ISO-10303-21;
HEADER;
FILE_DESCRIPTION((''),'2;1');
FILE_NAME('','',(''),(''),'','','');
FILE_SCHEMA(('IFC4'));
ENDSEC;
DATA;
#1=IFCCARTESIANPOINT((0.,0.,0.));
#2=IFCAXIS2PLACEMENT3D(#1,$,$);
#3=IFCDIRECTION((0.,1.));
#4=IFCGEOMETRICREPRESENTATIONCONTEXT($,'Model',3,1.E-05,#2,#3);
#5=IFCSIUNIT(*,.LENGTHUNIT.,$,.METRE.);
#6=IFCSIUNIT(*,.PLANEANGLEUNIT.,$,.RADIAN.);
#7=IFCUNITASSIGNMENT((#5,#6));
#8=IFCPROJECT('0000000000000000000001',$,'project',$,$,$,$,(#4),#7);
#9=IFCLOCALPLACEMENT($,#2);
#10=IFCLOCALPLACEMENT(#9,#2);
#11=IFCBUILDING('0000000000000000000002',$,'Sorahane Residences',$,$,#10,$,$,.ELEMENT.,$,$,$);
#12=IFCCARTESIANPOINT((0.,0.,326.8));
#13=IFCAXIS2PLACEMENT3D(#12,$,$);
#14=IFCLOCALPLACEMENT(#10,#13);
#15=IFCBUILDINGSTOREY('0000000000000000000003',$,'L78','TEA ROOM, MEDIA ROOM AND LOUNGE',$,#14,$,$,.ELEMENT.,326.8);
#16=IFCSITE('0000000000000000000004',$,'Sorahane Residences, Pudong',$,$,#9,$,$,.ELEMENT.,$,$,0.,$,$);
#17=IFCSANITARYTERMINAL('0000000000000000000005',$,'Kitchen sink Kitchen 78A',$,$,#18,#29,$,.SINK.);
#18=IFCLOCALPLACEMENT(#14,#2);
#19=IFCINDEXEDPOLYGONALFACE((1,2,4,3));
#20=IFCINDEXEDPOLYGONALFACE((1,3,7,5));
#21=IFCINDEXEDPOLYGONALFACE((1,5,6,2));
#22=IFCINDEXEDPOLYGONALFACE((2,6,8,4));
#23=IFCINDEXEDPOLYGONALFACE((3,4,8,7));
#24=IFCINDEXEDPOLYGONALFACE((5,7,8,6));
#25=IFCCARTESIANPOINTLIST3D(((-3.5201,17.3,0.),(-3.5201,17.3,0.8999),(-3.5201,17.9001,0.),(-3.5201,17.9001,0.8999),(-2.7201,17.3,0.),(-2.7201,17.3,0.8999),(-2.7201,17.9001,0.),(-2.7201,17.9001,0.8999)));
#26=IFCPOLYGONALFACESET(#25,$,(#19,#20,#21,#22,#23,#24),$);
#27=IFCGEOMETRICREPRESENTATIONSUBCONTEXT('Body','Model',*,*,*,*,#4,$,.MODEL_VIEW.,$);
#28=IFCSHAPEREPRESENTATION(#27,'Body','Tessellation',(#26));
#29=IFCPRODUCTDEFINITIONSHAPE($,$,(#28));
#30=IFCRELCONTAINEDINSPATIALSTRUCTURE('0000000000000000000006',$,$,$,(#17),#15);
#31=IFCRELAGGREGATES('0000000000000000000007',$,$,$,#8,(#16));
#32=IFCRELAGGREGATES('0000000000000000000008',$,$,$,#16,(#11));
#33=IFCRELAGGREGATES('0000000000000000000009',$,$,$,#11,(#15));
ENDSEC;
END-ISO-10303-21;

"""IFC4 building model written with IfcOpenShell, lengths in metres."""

from ifc_helpers import new_model, si_unit, direction, frame, origin, origin_2d, place, context, subcontext, project, spatial, rectangle, extrude, element, save


model = new_model("IFC4")

# Units and contexts
model_context = context("Model", 3, precision=1e-05, world=origin(), true_north=direction((0.0, 1.0)))
body_context = subcontext(model_context, "Body", "Model", "MODEL_VIEW")
ifc_project = project(units=[si_unit("LENGTHUNIT", "METRE"), si_unit("PLANEANGLEUNIT", "RADIAN")], contexts=[model_context])

# Site, building, storey
site_placement = place(None, origin())
site = spatial("IfcSite", under=ifc_project, at=site_placement, Name="Sorahane Residences, Pudong", CompositionType="ELEMENT", RefElevation=0.0)
building_placement = place(site_placement, origin())
building = spatial("IfcBuilding", under=site, at=building_placement, Name="Sorahane Residences", CompositionType="ELEMENT")
storey_placement = place(building_placement, frame((0.0, 0.0, 326.8)))
storey = spatial("IfcBuildingStorey", under=building, at=storey_placement, Name="L78", Description="TEA ROOM, MEDIA ROOM AND LOUNGE", CompositionType="ELEMENT", Elevation=326.8)

# Sanitary terminal
sanitary_terminal_1_placement = place(storey_placement, frame((-3.1201, 17.6001, 0.0), z_axis=(0.0, 0.0, 1.0), x_axis=(1.0, 0.0, 0.0)))
element("IfcSanitaryTerminal", 1, at=sanitary_terminal_1_placement, inside=storey, Name="Kitchen sink Kitchen 78A", PredefinedType="SINK", context=body_context, shape_type="SweptSolid", body=[
    extrude(rectangle(XDim=0.8, YDim=0.6001, at=origin_2d()), origin(), (0.0, 0.0, 1.0), 0.8999),
])

save(model, "model.ifc")
